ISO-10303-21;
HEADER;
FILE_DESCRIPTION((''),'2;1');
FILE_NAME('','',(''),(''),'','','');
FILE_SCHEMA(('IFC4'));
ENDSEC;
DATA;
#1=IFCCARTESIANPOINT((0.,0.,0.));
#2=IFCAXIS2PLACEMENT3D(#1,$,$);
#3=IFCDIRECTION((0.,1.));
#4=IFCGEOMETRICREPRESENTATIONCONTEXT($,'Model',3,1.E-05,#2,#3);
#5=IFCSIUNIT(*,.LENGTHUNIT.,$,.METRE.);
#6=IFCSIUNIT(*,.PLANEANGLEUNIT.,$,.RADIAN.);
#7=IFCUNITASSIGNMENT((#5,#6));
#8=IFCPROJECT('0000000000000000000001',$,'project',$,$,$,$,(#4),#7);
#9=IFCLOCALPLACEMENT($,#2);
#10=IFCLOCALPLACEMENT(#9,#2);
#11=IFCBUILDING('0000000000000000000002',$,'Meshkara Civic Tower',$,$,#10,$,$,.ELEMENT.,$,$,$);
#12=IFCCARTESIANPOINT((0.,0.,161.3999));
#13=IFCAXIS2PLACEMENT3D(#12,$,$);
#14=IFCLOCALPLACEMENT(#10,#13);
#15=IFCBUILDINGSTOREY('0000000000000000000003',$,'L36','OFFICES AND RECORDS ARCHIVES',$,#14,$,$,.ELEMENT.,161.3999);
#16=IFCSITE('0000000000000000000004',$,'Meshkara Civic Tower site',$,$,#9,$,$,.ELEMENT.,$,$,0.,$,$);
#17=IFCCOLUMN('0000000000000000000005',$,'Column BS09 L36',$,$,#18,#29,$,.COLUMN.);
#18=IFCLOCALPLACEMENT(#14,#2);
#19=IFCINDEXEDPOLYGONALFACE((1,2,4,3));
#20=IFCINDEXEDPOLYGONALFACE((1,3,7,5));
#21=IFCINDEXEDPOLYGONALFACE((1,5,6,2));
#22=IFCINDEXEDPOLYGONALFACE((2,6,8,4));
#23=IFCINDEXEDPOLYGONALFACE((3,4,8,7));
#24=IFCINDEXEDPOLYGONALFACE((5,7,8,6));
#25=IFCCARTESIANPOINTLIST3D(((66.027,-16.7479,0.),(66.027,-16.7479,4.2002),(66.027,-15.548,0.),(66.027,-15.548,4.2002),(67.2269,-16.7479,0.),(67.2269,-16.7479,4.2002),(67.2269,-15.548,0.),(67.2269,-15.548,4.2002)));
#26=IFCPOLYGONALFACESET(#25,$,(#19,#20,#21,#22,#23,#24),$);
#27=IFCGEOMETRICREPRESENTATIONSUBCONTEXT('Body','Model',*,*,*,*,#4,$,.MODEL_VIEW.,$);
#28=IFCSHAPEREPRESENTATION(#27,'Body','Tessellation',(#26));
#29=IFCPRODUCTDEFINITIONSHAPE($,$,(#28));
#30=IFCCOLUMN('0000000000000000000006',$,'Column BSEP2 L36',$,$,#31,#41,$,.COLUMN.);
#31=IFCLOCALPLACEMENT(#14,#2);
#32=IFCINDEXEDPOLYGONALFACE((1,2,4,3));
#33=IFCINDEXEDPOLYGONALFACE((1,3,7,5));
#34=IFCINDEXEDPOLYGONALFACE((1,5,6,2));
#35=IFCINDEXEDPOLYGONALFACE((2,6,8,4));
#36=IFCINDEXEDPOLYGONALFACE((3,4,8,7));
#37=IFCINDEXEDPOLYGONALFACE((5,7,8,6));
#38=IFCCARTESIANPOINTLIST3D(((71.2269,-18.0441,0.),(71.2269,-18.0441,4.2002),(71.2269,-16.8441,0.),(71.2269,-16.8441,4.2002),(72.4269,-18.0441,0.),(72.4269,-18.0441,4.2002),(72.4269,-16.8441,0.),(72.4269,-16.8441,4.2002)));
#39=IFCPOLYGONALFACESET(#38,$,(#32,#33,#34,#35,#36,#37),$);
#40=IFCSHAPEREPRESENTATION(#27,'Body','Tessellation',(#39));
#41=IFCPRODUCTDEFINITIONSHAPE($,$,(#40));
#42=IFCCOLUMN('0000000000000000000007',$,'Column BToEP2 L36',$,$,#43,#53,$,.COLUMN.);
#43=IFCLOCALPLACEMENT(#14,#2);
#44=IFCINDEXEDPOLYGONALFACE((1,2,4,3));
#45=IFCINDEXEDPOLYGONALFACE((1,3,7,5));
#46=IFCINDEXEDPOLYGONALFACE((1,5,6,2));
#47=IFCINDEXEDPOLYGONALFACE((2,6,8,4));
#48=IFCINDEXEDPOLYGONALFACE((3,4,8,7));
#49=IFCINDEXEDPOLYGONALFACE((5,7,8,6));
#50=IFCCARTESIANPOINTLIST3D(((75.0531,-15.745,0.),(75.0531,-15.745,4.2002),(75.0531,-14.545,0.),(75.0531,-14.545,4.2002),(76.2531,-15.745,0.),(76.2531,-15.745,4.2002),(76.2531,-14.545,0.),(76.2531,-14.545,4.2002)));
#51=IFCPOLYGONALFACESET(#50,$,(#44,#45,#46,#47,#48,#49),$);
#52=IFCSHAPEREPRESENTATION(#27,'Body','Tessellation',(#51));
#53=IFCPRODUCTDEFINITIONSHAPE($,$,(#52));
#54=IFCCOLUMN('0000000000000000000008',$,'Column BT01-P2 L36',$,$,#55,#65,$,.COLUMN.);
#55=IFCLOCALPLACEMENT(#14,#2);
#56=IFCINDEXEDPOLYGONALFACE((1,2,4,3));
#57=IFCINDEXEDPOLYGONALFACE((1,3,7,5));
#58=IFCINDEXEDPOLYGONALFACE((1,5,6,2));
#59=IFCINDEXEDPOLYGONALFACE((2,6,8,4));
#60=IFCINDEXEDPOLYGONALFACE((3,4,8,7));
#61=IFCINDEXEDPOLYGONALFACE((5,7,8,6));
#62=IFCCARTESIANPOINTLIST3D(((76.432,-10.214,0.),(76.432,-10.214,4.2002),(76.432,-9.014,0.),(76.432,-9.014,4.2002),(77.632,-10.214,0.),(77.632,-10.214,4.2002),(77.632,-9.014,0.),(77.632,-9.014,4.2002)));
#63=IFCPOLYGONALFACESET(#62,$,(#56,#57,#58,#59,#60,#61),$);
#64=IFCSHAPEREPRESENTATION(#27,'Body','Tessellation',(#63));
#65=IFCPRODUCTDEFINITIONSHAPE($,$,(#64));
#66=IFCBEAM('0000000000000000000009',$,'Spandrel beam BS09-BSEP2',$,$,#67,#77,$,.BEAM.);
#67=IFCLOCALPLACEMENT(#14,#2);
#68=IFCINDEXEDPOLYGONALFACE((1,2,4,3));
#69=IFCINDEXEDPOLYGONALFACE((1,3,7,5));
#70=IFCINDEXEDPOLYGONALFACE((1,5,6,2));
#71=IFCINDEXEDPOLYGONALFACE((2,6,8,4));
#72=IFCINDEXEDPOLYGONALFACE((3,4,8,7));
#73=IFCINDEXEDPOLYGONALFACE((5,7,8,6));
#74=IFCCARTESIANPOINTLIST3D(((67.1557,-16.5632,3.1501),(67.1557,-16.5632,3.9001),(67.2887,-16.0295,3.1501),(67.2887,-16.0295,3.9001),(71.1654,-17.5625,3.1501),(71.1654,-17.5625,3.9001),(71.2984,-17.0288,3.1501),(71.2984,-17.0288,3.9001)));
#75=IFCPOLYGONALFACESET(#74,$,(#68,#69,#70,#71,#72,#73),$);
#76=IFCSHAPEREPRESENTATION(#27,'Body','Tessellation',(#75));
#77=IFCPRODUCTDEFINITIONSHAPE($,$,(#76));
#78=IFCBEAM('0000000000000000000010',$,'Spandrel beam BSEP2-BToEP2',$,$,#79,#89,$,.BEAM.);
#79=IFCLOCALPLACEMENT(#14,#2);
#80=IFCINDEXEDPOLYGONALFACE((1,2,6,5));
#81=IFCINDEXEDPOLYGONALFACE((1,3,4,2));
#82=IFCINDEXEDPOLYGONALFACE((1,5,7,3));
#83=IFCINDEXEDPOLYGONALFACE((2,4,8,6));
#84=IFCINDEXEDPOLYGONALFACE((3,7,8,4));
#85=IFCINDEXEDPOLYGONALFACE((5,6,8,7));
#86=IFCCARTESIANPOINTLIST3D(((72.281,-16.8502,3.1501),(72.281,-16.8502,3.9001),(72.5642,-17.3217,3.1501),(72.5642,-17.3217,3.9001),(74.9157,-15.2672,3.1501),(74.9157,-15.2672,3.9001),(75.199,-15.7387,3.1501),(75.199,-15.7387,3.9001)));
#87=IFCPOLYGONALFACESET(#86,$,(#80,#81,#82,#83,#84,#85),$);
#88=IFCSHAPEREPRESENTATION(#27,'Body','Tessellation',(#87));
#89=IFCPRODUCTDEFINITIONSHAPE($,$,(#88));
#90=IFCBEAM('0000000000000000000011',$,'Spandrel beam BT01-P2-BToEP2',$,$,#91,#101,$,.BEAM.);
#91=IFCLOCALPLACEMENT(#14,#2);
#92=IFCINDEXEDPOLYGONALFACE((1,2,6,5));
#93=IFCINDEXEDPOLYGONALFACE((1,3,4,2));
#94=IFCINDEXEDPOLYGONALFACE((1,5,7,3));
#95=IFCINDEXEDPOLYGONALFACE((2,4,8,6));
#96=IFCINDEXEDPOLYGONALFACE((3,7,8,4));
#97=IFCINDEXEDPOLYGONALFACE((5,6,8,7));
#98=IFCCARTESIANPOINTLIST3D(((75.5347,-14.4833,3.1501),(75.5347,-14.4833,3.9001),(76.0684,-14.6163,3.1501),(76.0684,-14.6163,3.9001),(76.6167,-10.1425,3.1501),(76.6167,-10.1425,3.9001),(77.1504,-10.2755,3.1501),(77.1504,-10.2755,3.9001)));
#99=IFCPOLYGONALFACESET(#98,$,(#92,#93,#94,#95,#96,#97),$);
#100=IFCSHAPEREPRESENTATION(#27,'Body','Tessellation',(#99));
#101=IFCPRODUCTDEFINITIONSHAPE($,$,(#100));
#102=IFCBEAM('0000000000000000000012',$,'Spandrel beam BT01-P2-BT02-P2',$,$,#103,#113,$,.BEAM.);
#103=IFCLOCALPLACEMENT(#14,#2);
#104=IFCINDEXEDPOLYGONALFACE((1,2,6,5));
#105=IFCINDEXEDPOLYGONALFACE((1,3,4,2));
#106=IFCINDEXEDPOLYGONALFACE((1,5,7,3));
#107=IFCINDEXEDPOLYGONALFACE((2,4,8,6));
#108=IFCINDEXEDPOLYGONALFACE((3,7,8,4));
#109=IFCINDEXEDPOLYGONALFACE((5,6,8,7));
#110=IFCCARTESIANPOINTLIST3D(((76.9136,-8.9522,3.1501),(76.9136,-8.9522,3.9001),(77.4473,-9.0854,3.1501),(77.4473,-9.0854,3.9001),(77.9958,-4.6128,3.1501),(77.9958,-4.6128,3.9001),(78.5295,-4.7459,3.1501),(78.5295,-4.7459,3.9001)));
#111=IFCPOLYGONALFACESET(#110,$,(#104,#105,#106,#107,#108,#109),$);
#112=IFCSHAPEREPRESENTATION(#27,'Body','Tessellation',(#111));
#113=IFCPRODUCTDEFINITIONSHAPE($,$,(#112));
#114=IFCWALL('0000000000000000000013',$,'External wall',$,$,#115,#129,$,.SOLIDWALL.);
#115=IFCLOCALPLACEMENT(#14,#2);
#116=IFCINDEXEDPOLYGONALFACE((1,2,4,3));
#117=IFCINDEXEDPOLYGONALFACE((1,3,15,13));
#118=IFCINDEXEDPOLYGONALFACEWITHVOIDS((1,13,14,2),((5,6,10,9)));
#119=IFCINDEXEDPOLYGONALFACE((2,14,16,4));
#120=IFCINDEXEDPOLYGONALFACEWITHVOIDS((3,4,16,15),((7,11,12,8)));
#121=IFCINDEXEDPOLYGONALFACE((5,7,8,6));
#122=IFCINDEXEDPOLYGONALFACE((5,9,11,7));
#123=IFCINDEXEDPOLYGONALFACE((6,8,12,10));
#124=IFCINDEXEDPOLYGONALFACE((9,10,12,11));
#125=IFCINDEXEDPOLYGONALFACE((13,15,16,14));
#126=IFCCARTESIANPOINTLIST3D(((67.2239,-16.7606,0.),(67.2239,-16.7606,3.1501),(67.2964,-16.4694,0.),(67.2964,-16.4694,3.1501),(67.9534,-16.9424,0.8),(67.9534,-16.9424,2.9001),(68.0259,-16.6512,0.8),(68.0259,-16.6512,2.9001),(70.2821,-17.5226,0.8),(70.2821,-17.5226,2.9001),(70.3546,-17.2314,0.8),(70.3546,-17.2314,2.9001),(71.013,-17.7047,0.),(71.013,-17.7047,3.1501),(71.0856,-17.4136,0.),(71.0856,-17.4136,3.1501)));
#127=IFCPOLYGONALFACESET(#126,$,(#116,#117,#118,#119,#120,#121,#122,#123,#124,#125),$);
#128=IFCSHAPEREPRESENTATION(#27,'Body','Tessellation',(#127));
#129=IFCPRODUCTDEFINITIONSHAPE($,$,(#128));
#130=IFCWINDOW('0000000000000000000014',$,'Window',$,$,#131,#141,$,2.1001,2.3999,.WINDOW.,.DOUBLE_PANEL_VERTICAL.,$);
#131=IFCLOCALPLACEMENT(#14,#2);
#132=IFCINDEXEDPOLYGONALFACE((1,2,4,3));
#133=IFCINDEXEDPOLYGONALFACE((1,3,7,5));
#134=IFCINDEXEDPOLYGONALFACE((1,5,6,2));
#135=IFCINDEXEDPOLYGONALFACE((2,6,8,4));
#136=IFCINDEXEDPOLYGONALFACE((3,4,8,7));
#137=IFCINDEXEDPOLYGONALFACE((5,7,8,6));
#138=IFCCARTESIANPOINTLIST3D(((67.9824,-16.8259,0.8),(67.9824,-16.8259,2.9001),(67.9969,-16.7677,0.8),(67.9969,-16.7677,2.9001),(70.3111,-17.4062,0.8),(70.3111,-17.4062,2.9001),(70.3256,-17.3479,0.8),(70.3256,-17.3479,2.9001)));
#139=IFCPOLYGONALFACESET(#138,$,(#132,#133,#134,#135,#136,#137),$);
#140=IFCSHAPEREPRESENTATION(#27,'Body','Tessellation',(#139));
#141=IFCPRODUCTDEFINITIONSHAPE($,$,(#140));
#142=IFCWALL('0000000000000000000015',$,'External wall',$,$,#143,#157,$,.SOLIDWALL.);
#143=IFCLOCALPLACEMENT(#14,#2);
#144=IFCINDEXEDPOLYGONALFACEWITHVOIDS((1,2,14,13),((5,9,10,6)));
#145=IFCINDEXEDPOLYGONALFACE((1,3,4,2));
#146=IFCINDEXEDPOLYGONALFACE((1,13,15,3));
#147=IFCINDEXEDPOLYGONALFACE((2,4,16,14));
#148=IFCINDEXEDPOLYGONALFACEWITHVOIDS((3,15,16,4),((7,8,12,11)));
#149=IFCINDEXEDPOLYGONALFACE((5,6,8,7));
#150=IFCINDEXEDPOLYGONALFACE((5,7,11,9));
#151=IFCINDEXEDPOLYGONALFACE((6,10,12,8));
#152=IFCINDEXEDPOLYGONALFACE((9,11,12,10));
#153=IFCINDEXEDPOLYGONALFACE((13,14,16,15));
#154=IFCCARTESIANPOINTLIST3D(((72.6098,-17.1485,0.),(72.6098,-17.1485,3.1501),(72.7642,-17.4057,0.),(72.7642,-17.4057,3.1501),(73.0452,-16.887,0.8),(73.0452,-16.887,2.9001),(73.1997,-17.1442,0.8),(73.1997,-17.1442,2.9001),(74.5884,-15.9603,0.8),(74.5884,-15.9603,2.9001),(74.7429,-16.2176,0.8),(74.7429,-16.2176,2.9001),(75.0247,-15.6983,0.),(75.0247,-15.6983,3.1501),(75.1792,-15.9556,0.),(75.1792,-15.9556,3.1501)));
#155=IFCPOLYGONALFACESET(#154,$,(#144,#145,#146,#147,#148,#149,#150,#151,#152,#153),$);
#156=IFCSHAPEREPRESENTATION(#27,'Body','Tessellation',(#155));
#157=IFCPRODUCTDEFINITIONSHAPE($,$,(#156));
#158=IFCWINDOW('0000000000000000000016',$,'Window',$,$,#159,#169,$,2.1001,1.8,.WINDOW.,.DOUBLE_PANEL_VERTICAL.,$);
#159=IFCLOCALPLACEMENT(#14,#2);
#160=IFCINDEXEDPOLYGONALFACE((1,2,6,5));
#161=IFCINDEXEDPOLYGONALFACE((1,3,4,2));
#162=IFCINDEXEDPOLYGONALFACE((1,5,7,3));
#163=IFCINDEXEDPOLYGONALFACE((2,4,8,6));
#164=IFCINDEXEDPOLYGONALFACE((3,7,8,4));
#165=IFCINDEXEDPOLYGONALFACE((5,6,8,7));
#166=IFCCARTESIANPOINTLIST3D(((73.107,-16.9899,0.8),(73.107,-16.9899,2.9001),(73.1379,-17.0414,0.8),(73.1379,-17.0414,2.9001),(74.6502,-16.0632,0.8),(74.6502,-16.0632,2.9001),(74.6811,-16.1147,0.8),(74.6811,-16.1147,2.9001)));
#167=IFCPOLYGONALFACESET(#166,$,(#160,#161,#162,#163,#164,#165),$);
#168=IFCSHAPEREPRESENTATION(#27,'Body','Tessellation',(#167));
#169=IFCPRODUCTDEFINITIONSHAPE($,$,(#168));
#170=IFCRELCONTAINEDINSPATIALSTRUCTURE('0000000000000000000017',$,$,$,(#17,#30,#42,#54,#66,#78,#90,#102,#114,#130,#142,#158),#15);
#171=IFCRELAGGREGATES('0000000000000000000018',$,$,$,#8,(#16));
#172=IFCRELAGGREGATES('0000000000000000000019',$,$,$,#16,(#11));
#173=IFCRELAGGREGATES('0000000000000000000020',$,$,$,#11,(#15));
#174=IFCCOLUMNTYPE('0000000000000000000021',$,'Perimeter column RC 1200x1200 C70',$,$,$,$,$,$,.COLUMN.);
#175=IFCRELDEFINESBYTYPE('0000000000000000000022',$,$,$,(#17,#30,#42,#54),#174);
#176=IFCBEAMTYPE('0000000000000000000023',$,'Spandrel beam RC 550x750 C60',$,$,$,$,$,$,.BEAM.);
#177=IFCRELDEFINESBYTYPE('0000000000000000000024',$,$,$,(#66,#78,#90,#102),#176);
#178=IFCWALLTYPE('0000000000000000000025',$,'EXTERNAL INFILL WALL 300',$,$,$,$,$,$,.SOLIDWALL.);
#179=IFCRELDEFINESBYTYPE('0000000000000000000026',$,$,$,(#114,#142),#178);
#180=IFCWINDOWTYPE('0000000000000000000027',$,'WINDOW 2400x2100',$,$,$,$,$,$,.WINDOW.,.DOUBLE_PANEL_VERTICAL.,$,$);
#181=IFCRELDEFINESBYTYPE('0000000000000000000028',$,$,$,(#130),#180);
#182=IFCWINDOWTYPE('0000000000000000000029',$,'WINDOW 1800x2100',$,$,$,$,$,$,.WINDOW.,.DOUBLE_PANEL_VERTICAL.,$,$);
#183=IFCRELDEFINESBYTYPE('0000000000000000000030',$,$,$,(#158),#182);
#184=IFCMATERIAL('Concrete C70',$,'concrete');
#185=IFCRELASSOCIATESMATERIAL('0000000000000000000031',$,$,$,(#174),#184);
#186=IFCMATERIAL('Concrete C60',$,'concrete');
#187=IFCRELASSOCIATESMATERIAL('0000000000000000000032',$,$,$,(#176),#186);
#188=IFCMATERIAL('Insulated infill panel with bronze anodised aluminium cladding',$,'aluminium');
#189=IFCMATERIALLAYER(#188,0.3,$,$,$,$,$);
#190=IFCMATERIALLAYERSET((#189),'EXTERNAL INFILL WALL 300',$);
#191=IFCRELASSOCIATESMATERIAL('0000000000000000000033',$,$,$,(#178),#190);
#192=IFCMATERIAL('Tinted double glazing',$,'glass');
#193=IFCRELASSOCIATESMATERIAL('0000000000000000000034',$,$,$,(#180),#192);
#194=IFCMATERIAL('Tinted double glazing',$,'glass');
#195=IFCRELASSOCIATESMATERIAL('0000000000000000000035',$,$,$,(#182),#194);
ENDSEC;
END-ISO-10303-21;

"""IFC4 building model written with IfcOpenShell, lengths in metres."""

from ifc_helpers import new_model, si_unit, direction, frame, frame_2d, origin, origin_2d, place, context, subcontext, project, spatial, rectangle, extrude, material, layer, layer_set, material_profile, profile_set, type_object, element, fill, save


model = new_model("IFC4")

# Units and contexts
model_context = context("Model", 3, precision=1e-05, world=origin(), true_north=direction((0.0, 1.0)))
body_context = subcontext(model_context, "Body", "Model", "MODEL_VIEW")
ifc_project = project(units=[si_unit("LENGTHUNIT", "METRE"), si_unit("PLANEANGLEUNIT", "RADIAN")], contexts=[model_context])

# Site, building, storey
site_placement = place(None, origin())
site = spatial("IfcSite", under=ifc_project, at=site_placement, Name="Meshkara Civic Tower site", CompositionType="ELEMENT", RefElevation=0.0)
building_placement = place(site_placement, origin())
building = spatial("IfcBuilding", under=site, at=building_placement, Name="Meshkara Civic Tower", CompositionType="ELEMENT")
storey_placement = place(building_placement, frame((0.0, 0.0, 161.3999)))
storey = spatial("IfcBuildingStorey", under=building, at=storey_placement, Name="L36", Description="OFFICES AND RECORDS ARCHIVES", CompositionType="ELEMENT", Elevation=161.3999)

# Columns
ifc_material_1 = material(Name="Concrete C70", Category="concrete")
ifc_material_profile_1 = material_profile(ifc_material_1, rectangle(XDim=1.2, YDim=1.2, at=origin_2d()))
ifc_profile_set_1 = profile_set([ifc_material_profile_1], Name="Concrete C70")
column_type = type_object("IfcColumnType", Name="Perimeter column RC 1200x1200 C70", PredefinedType="COLUMN", material=ifc_profile_set_1)
for number, where, z_axis, x_axis, name in (
    (1, (66.627, -16.1479, 0.0), (0.0, 0.0, 1.0), (1.0, 0.0, 0.0), "Column BS09 L36"),
    (2, (71.8269, -17.4441, 0.0), (0.0, 0.0, 1.0), (1.0, 0.0, 0.0), "Column BSEP2 L36"),
    (3, (75.6531, -15.145, 0.0), (0.0, 0.0, 1.0), (1.0, 0.0, 0.0), "Column BToEP2 L36"),
    (4, (77.032, -9.614, 0.0), (0.0, 0.0, 1.0), (1.0, 0.0, 0.0), "Column BT01-P2 L36"),
):
    element("IfcColumn", number, at=place(storey_placement, frame(where, z_axis=z_axis, x_axis=x_axis)), inside=storey, type_object=column_type, Name=name, PredefinedType="COLUMN", context=body_context, shape_type="SweptSolid", body=[
        extrude(rectangle(XDim=1.2, YDim=1.2, at=origin_2d()), origin(), (0.0, 0.0, 1.0), 4.2002),
    ])

# Beams
ifc_material_2 = material(Name="Concrete C60", Category="concrete")
ifc_material_profile_2 = material_profile(ifc_material_2, rectangle(XDim=0.55, YDim=0.75, at=origin_2d()))
ifc_profile_set_2 = profile_set([ifc_material_profile_2], Name="Concrete C60")
beam_type = type_object("IfcBeamType", Name="Spandrel beam RC 550x750 C60", PredefinedType="BEAM", material=ifc_profile_set_2)
beam_1_placement = place(storey_placement, frame((67.2222, -16.2964, 3.5251), z_axis=(0.970323, -0.241813, 0.0), x_axis=(0.241813, 0.970323, 0.0)))
element("IfcBeam", 5, at=beam_1_placement, inside=storey, type_object=beam_type, Name="Spandrel beam BS09-BSEP2", PredefinedType="BEAM", context=body_context, shape_type="SweptSolid", body=[
    extrude(rectangle(XDim=0.55, YDim=0.75, at=origin_2d()), origin(), (0.0, 0.0, 1.0), 4.1323),
])
beam_2_placement = place(storey_placement, frame((72.4226, -17.0859, 3.5251), z_axis=(0.857184, 0.51501, 0.0), x_axis=(-0.51501, 0.857184, 0.0)))
element("IfcBeam", 6, at=beam_2_placement, inside=storey, type_object=beam_type, Name="Spandrel beam BSEP2-BToEP2", PredefinedType="BEAM", context=body_context, shape_type="SweptSolid", body=[
    extrude(rectangle(XDim=0.55, YDim=0.75, at=origin_2d()), origin(), (0.0, 0.0, 1.0), 3.0737),
])
beam_3_placement = place(storey_placement, frame((75.8015, -14.5498, 3.5251), z_axis=(0.241868, 0.970309, 0.0), x_axis=(-0.970309, 0.241868, 0.0)))
element("IfcBeam", 7, at=beam_3_placement, inside=storey, type_object=beam_type, Name="Spandrel beam BT01-P2-BToEP2", PredefinedType="BEAM", context=body_context, shape_type="SweptSolid", body=[
    extrude(rectangle(XDim=0.55, YDim=0.75, at=origin_2d()), origin(), (0.0, 0.0, 1.0), 4.4736),
])
beam_4_placement = place(storey_placement, frame((77.1804, -9.0188, 3.5251), z_axis=(0.241983, 0.97028, 0.0), x_axis=(-0.97028, 0.241983, 0.0)))
element("IfcBeam", 8, at=beam_4_placement, inside=storey, type_object=beam_type, Name="Spandrel beam BT01-P2-BT02-P2", PredefinedType="BEAM", context=body_context, shape_type="SweptSolid", body=[
    extrude(rectangle(XDim=0.55, YDim=0.75, at=origin_2d()), origin(), (0.0, 0.0, 1.0), 4.4724),
])

# Walls, openings, windows
ifc_material_3 = material(Name="Insulated infill panel with bronze anodised aluminium cladding", Category="aluminium")
ifc_layer_1 = layer(ifc_material_3, 0.3)
ifc_layer_set_1 = layer_set([ifc_layer_1], Name="EXTERNAL INFILL WALL 300")
wall_type_1 = type_object("IfcWallType", Name="EXTERNAL INFILL WALL 300", PredefinedType="SOLIDWALL", material=ifc_layer_set_1)
wall_1_placement = place(storey_placement, frame((67.26, -16.615, 0.0), z_axis=(0.0, 0.0, 1.0), x_axis=(0.970333, -0.241771, 0.0)))
wall_1 = element("IfcWall", 9, at=wall_1_placement, inside=storey, type_object=wall_type_1, Name="External wall", PredefinedType="SOLIDWALL", context=body_context, shape_type="SweptSolid", body=[
    extrude(rectangle(XDim=3.905, YDim=0.3, at=frame_2d((1.9526, 0.0))), origin(), (0.0, 0.0, 1.0), 3.1501),
])
opening_1_placement = place(wall_1_placement, frame((0.752, 0.0, 0.8)))
opening_1 = element("IfcOpeningElement", 10, at=opening_1_placement, cuts=wall_1, PredefinedType="OPENING", context=body_context, shape_type="SweptSolid", body=[
    extrude(rectangle(XDim=2.3999, YDim=2.1001, at=frame_2d((1.2, 1.05))), frame((0.0, 0.1599, 0.0), z_axis=(0.0, -1.0, 0.0), x_axis=(1.0, 0.0, 0.0)), (0.0, 0.0, 1.0), 0.3201),
])
ifc_material_4 = material(Name="Tinted double glazing", Category="glass")
window_type_1 = type_object("IfcWindowType", Name="WINDOW 2400x2100", PartitioningType="DOUBLE_PANEL_VERTICAL", PredefinedType="WINDOW", material=ifc_material_4)
window_1_placement = place(opening_1_placement, origin())
window_1 = element("IfcWindow", 11, at=window_1_placement, inside=storey, type_object=window_type_1, Name="Window", OverallHeight=2.1001, OverallWidth=2.3999, PartitioningType="DOUBLE_PANEL_VERTICAL", PredefinedType="WINDOW", context=body_context, shape_type="SweptSolid", body=[
    extrude(rectangle(XDim=2.3999, YDim=2.1001, at=frame_2d((1.2, 1.05))), frame((0.0, 0.03, 0.0), z_axis=(0.0, -1.0, 0.0), x_axis=(1.0, 0.0, 0.0)), (0.0, 0.0, 1.0), 0.0601),
])
fill(opening_1, window_1)
wall_2_placement = place(storey_placement, frame((72.687, -17.2771, 0.0), z_axis=(0.0, 0.0, 1.0), x_axis=(0.857309, 0.514802, 0.0)))
wall_2 = element("IfcWall", 12, at=wall_2_placement, inside=storey, type_object=wall_type_1, Name="External wall", PredefinedType="SOLIDWALL", context=body_context, shape_type="SweptSolid", body=[
    extrude(rectangle(XDim=2.8169, YDim=0.3, at=frame_2d((1.4084, 0.0))), origin(), (0.0, 0.0, 1.0), 3.1501),
])
opening_2_placement = place(wall_2_placement, frame((0.5081, 0.0, 0.8)))
opening_2 = element("IfcOpeningElement", 13, at=opening_2_placement, cuts=wall_2, PredefinedType="OPENING", context=body_context, shape_type="SweptSolid", body=[
    extrude(rectangle(XDim=1.8, YDim=2.1001, at=frame_2d((0.8999, 1.05))), frame((0.0, 0.1599, 0.0), z_axis=(0.0, -1.0, 0.0), x_axis=(1.0, 0.0, 0.0)), (0.0, 0.0, 1.0), 0.3201),
])
ifc_material_5 = material(Name="Tinted double glazing", Category="glass")
window_type_2 = type_object("IfcWindowType", Name="WINDOW 1800x2100", PartitioningType="DOUBLE_PANEL_VERTICAL", PredefinedType="WINDOW", material=ifc_material_5)
window_2_placement = place(opening_2_placement, origin())
window_2 = element("IfcWindow", 14, at=window_2_placement, inside=storey, type_object=window_type_2, Name="Window", OverallHeight=2.1001, OverallWidth=1.8, PartitioningType="DOUBLE_PANEL_VERTICAL", PredefinedType="WINDOW", context=body_context, shape_type="SweptSolid", body=[
    extrude(rectangle(XDim=1.8, YDim=2.1001, at=frame_2d((0.8999, 1.05))), frame((0.0, 0.03, 0.0), z_axis=(0.0, -1.0, 0.0), x_axis=(1.0, 0.0, 0.0)), (0.0, 0.0, 1.0), 0.0601),
])
fill(opening_2, window_2)

save(model, "model.ifc")
